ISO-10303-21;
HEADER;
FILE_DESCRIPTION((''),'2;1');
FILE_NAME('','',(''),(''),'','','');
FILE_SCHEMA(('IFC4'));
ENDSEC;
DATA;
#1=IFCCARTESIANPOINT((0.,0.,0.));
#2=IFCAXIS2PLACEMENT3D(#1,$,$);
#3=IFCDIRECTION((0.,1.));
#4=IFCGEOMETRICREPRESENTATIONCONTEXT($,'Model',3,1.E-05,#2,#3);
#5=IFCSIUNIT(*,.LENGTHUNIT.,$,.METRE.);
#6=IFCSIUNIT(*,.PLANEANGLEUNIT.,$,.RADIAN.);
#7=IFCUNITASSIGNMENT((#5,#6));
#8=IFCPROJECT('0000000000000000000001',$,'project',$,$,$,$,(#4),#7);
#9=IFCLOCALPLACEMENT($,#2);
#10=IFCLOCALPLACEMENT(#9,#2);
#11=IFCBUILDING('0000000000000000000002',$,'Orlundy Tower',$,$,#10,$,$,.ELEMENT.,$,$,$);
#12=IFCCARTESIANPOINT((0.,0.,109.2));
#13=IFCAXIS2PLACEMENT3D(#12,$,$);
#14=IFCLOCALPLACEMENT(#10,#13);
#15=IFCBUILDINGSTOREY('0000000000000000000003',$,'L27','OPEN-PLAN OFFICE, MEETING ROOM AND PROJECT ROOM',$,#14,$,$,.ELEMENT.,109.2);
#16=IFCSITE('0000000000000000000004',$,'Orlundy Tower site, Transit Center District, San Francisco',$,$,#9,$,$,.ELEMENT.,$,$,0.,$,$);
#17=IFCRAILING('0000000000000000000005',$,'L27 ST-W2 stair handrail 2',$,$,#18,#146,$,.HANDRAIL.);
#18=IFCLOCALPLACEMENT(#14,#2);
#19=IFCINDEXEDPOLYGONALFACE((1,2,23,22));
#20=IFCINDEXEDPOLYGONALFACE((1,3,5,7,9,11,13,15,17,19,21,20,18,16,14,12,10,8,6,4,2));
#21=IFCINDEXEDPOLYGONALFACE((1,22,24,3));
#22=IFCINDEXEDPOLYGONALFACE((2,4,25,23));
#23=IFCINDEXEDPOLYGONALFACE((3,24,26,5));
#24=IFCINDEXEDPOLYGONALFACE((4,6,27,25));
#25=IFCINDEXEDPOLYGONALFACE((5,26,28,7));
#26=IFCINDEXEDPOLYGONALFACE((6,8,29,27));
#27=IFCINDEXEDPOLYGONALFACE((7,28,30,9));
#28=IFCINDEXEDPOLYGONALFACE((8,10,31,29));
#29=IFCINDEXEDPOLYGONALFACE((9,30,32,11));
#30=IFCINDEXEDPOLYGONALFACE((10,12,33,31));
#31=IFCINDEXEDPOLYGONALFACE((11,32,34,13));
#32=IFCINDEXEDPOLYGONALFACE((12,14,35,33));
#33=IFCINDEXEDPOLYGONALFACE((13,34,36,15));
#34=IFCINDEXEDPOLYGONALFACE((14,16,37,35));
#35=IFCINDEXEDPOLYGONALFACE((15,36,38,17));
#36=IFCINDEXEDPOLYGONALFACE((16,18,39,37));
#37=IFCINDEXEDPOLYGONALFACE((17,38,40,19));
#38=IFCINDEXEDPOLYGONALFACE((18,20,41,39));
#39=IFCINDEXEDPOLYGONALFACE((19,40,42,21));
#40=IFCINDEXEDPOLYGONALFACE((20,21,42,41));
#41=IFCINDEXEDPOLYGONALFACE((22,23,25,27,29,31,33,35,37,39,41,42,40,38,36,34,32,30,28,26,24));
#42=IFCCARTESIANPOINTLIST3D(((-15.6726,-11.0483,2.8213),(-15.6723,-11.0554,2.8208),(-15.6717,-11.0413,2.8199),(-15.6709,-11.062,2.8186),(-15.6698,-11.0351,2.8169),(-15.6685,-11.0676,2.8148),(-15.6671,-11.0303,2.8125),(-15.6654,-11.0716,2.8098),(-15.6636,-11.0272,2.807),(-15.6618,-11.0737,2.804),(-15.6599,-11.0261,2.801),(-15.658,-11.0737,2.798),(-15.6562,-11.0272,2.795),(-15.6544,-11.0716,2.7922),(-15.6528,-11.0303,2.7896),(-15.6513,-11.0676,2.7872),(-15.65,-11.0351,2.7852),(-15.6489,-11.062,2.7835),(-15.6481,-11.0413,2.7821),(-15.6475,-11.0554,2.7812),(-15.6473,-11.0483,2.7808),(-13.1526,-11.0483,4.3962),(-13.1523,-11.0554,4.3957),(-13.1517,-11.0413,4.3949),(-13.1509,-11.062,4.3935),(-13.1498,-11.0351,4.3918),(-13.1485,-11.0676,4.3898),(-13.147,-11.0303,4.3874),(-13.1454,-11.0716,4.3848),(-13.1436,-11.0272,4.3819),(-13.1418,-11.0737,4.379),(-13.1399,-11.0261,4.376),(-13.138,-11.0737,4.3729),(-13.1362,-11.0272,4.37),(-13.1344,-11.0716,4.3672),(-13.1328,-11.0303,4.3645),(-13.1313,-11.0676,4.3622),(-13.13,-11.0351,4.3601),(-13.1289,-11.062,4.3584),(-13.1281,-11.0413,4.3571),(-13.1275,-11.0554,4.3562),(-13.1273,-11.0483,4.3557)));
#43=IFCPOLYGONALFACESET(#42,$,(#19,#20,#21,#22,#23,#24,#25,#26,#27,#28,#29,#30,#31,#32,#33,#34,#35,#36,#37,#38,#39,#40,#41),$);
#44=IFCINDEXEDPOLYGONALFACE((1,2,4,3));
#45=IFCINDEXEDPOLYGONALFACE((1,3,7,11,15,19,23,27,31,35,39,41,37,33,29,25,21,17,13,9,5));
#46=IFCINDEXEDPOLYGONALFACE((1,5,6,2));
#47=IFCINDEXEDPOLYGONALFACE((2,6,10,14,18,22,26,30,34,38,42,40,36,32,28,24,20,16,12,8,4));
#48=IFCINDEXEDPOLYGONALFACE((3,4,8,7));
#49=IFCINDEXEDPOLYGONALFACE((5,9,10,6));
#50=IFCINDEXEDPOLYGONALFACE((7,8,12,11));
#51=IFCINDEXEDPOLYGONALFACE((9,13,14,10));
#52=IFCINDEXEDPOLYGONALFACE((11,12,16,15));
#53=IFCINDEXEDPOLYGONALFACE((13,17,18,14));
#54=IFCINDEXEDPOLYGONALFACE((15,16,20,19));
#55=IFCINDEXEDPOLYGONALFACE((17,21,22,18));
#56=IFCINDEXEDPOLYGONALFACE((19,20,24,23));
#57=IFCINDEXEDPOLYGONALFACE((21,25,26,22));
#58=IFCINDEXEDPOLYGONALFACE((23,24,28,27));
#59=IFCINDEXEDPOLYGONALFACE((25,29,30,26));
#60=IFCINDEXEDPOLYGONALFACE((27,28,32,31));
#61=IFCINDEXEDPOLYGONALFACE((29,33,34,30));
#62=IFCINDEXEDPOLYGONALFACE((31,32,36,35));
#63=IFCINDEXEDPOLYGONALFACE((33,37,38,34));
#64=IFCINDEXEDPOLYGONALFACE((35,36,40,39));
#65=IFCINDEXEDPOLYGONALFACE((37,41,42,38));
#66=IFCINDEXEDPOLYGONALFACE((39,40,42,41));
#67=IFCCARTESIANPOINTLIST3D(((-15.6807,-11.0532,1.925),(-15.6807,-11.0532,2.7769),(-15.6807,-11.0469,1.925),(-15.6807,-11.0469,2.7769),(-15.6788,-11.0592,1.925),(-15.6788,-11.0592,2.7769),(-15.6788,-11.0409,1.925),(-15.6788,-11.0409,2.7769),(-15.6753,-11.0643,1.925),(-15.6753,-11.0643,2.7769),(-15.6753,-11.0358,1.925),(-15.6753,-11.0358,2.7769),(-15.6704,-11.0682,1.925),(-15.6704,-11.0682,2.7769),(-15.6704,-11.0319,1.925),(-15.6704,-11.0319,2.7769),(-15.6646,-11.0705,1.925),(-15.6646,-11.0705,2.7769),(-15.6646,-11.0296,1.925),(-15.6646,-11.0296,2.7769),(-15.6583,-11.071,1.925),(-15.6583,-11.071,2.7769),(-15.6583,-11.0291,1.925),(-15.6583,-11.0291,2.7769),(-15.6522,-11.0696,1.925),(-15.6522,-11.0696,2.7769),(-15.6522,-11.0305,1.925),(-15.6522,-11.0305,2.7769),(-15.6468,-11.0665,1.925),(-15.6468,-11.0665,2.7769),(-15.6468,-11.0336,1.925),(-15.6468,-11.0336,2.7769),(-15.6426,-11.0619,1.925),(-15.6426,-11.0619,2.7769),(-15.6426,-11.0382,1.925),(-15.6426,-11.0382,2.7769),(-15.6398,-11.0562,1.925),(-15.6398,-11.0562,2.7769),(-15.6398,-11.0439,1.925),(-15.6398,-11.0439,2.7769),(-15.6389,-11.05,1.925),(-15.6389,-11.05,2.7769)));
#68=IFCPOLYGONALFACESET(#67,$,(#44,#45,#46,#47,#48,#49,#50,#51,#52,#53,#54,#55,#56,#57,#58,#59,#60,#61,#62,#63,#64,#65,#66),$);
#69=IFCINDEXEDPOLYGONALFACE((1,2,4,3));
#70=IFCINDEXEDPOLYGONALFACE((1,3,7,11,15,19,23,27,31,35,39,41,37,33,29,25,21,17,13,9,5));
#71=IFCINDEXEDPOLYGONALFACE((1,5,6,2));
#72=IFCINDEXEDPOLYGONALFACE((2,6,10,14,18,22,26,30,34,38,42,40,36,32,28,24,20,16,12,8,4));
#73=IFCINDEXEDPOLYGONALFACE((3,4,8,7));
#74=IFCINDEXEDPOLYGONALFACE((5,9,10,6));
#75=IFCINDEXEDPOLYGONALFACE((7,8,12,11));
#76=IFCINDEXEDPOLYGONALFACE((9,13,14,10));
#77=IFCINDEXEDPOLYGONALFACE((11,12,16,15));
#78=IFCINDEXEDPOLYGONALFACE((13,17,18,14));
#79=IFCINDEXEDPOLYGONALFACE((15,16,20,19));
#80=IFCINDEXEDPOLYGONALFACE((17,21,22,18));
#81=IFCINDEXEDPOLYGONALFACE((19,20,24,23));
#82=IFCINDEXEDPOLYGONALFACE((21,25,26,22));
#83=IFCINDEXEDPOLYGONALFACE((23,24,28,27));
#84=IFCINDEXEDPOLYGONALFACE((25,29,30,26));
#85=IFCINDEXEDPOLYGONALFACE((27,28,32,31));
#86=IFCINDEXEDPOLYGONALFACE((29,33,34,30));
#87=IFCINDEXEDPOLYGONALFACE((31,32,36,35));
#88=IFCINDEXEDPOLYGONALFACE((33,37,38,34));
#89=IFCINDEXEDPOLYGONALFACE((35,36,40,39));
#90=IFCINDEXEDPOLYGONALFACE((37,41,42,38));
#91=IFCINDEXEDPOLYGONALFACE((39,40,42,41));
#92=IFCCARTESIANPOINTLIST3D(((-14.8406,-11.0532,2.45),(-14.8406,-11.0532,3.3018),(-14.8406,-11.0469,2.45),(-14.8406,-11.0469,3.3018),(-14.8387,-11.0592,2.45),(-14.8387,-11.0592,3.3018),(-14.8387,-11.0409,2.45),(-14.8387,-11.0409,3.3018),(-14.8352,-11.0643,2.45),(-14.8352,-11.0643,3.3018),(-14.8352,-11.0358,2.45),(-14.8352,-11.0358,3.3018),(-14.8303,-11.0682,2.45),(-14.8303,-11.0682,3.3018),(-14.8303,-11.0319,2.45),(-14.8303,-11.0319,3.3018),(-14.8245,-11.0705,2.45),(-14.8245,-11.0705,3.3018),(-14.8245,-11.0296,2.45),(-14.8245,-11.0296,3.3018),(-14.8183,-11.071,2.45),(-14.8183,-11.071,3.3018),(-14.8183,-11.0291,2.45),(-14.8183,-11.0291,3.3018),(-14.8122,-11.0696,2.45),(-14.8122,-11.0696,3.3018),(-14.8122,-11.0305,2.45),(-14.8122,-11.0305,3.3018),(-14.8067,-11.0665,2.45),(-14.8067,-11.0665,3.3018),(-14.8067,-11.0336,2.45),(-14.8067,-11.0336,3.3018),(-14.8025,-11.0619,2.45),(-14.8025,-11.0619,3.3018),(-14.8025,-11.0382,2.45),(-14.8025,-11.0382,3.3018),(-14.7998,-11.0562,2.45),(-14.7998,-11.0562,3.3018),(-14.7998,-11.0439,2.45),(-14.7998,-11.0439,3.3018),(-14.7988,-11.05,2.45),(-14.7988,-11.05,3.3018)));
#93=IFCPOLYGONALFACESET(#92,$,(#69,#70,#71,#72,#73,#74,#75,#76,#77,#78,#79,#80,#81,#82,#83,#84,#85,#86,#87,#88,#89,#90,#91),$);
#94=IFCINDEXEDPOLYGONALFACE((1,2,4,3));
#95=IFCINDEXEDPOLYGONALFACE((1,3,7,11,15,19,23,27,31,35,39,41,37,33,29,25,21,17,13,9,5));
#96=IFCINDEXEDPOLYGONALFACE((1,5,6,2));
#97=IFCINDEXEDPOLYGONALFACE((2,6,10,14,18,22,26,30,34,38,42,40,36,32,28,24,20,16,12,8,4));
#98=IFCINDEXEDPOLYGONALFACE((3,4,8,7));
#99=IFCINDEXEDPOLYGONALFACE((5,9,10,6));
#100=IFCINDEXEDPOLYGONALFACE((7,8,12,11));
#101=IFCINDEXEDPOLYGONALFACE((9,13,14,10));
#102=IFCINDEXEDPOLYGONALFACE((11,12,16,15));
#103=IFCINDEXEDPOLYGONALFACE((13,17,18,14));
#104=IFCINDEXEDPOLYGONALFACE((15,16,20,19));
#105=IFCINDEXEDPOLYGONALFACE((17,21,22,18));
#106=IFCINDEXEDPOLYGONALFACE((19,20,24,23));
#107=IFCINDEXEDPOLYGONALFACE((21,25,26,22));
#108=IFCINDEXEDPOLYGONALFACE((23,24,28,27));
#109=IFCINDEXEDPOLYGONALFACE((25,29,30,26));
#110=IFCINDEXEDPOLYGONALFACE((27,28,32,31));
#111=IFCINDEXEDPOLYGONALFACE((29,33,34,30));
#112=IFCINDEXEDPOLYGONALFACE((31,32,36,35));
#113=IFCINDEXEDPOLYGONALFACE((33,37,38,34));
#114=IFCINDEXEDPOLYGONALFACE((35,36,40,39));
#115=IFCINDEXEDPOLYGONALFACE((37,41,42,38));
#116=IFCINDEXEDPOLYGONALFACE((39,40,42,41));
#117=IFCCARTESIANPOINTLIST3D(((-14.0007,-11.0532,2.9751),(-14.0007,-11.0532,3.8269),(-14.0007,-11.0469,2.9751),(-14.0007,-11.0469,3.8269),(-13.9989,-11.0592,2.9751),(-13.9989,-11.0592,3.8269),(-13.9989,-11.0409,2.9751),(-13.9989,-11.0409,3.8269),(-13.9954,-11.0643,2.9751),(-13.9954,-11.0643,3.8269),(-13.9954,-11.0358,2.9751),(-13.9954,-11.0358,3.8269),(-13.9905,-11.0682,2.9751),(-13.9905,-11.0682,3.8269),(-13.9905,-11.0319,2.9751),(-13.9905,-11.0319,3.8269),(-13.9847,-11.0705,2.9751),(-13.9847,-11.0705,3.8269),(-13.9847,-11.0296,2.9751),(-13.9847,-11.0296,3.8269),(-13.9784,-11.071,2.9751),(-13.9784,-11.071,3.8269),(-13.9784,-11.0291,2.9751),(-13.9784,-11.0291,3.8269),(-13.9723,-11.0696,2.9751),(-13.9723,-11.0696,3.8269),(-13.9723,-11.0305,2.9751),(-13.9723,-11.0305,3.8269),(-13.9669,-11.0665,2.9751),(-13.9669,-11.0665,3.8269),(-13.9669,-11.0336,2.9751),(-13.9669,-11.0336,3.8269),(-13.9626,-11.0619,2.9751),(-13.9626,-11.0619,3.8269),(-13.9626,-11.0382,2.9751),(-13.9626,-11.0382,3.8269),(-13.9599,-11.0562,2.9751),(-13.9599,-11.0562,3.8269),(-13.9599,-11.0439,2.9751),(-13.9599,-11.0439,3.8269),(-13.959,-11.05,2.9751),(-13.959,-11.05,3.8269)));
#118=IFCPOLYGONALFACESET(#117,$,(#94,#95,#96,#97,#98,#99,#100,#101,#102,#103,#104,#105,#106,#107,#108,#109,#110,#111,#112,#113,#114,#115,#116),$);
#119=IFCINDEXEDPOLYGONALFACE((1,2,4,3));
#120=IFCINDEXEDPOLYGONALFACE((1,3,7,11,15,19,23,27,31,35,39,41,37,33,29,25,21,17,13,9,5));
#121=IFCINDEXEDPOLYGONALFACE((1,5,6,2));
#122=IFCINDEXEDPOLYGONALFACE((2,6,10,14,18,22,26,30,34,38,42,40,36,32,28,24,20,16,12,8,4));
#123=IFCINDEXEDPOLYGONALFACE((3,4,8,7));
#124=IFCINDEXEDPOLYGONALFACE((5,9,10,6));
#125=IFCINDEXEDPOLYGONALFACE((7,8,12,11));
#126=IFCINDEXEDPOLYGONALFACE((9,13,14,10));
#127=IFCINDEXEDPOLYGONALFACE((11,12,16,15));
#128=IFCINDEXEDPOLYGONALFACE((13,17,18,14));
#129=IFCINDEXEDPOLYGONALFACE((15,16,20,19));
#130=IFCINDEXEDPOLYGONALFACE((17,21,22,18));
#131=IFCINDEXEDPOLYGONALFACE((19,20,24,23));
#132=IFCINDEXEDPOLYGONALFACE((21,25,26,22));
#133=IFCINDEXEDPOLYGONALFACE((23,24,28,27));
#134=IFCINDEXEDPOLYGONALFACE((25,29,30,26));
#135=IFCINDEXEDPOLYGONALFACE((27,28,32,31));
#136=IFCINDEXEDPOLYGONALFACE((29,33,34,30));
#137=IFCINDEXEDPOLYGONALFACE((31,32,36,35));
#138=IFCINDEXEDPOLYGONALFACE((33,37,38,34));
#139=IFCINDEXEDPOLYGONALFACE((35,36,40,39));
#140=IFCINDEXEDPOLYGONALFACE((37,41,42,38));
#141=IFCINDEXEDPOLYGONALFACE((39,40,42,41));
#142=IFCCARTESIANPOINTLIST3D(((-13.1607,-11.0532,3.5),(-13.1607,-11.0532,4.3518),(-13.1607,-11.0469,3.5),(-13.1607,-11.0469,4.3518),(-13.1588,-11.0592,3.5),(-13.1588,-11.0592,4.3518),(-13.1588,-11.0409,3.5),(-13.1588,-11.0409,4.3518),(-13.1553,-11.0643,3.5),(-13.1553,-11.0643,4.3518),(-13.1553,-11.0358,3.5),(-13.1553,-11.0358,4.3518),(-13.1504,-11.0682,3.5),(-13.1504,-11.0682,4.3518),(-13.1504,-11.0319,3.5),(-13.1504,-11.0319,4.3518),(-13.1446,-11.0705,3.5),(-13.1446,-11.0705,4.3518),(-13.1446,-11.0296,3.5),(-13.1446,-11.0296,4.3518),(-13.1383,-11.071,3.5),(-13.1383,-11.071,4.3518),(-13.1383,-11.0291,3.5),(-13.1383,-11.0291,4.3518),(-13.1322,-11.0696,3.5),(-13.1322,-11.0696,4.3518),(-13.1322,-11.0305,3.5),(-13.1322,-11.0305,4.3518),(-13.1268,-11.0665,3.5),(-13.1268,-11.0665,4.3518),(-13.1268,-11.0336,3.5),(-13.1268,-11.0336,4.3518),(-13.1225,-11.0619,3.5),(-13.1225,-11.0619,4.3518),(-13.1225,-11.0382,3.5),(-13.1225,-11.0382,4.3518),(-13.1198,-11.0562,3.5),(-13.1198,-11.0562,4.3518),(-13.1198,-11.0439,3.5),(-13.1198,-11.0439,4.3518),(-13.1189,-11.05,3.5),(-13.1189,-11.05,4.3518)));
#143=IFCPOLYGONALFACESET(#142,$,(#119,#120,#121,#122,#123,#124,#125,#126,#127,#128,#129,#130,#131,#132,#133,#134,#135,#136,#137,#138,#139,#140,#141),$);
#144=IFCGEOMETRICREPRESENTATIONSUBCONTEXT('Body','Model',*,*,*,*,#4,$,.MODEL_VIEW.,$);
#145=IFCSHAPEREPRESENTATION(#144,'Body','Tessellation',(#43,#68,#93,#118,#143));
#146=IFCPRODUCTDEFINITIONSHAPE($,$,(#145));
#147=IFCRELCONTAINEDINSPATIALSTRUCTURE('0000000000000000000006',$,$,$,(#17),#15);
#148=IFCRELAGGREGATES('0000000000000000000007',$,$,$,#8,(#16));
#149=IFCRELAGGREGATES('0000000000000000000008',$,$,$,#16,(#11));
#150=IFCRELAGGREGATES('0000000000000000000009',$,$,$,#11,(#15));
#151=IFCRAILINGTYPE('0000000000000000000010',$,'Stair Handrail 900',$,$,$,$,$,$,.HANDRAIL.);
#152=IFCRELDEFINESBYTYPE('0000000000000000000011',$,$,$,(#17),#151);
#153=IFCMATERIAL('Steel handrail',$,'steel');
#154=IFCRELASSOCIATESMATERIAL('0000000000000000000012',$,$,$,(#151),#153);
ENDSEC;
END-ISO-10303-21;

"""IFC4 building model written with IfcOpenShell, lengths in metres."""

from ifc_helpers import new_model, si_unit, direction, frame, origin, origin_2d, place, context, subcontext, project, spatial, circle, extrude, material, type_object, element, save


model = new_model("IFC4")

# Units and contexts
model_context = context("Model", 3, precision=1e-05, world=origin(), true_north=direction((0.0, 1.0)))
body_context = subcontext(model_context, "Body", "Model", "MODEL_VIEW")
ifc_project = project(units=[si_unit("LENGTHUNIT", "METRE"), si_unit("PLANEANGLEUNIT", "RADIAN")], contexts=[model_context])

# Site, building, storey
site_placement = place(None, origin())
site = spatial("IfcSite", under=ifc_project, at=site_placement, Name="Orlundy Tower site, Transit Center District, San Francisco", CompositionType="ELEMENT", RefElevation=0.0)
building_placement = place(site_placement, origin())
building = spatial("IfcBuilding", under=site, at=building_placement, Name="Orlundy Tower", CompositionType="ELEMENT")
storey_placement = place(building_placement, frame((0.0, 0.0, 109.2)))
storey = spatial("IfcBuildingStorey", under=building, at=storey_placement, Name="L27", Description="OPEN-PLAN OFFICE, MEETING ROOM AND PROJECT ROOM", CompositionType="ELEMENT", Elevation=109.2)

# Railing
ifc_material_1 = material(Name="Steel handrail", Category="steel")
railing_type_1 = type_object("IfcRailingType", Name="Stair Handrail 900", PredefinedType="HANDRAIL", material=ifc_material_1)
railing_1_placement = place(storey_placement, frame((-15.6599, -11.05, 1.925)))
element("IfcRailing", 1, at=railing_1_placement, inside=storey, type_object=railing_type_1, Name="L27 ST-W2 stair handrail 2", PredefinedType="HANDRAIL", context=body_context, shape_type="SweptSolid", body=[
    extrude(circle(Radius=0.0239, at=origin_2d()), frame((0.0, 0.0, 0.876), z_axis=(0.848008, 0.0, 0.529984), x_axis=(0.0, 1.0, 0.0)), (0.0, 0.0, 1.0), 2.9717),
    extrude(circle(Radius=0.021, at=origin_2d()), origin(), (0.0, 0.0, 1.0), 0.8518),
    extrude(circle(Radius=0.021, at=origin_2d()), frame((0.8401, 0.0, 0.5249)), (0.0, 0.0, 1.0), 0.8518),
    extrude(circle(Radius=0.021, at=origin_2d()), frame((1.6799, 0.0, 1.05)), (0.0, 0.0, 1.0), 0.8518),
    extrude(circle(Radius=0.021, at=origin_2d()), frame((2.52, 0.0, 1.575)), (0.0, 0.0, 1.0), 0.8518),
])

save(model, "model.ifc")
